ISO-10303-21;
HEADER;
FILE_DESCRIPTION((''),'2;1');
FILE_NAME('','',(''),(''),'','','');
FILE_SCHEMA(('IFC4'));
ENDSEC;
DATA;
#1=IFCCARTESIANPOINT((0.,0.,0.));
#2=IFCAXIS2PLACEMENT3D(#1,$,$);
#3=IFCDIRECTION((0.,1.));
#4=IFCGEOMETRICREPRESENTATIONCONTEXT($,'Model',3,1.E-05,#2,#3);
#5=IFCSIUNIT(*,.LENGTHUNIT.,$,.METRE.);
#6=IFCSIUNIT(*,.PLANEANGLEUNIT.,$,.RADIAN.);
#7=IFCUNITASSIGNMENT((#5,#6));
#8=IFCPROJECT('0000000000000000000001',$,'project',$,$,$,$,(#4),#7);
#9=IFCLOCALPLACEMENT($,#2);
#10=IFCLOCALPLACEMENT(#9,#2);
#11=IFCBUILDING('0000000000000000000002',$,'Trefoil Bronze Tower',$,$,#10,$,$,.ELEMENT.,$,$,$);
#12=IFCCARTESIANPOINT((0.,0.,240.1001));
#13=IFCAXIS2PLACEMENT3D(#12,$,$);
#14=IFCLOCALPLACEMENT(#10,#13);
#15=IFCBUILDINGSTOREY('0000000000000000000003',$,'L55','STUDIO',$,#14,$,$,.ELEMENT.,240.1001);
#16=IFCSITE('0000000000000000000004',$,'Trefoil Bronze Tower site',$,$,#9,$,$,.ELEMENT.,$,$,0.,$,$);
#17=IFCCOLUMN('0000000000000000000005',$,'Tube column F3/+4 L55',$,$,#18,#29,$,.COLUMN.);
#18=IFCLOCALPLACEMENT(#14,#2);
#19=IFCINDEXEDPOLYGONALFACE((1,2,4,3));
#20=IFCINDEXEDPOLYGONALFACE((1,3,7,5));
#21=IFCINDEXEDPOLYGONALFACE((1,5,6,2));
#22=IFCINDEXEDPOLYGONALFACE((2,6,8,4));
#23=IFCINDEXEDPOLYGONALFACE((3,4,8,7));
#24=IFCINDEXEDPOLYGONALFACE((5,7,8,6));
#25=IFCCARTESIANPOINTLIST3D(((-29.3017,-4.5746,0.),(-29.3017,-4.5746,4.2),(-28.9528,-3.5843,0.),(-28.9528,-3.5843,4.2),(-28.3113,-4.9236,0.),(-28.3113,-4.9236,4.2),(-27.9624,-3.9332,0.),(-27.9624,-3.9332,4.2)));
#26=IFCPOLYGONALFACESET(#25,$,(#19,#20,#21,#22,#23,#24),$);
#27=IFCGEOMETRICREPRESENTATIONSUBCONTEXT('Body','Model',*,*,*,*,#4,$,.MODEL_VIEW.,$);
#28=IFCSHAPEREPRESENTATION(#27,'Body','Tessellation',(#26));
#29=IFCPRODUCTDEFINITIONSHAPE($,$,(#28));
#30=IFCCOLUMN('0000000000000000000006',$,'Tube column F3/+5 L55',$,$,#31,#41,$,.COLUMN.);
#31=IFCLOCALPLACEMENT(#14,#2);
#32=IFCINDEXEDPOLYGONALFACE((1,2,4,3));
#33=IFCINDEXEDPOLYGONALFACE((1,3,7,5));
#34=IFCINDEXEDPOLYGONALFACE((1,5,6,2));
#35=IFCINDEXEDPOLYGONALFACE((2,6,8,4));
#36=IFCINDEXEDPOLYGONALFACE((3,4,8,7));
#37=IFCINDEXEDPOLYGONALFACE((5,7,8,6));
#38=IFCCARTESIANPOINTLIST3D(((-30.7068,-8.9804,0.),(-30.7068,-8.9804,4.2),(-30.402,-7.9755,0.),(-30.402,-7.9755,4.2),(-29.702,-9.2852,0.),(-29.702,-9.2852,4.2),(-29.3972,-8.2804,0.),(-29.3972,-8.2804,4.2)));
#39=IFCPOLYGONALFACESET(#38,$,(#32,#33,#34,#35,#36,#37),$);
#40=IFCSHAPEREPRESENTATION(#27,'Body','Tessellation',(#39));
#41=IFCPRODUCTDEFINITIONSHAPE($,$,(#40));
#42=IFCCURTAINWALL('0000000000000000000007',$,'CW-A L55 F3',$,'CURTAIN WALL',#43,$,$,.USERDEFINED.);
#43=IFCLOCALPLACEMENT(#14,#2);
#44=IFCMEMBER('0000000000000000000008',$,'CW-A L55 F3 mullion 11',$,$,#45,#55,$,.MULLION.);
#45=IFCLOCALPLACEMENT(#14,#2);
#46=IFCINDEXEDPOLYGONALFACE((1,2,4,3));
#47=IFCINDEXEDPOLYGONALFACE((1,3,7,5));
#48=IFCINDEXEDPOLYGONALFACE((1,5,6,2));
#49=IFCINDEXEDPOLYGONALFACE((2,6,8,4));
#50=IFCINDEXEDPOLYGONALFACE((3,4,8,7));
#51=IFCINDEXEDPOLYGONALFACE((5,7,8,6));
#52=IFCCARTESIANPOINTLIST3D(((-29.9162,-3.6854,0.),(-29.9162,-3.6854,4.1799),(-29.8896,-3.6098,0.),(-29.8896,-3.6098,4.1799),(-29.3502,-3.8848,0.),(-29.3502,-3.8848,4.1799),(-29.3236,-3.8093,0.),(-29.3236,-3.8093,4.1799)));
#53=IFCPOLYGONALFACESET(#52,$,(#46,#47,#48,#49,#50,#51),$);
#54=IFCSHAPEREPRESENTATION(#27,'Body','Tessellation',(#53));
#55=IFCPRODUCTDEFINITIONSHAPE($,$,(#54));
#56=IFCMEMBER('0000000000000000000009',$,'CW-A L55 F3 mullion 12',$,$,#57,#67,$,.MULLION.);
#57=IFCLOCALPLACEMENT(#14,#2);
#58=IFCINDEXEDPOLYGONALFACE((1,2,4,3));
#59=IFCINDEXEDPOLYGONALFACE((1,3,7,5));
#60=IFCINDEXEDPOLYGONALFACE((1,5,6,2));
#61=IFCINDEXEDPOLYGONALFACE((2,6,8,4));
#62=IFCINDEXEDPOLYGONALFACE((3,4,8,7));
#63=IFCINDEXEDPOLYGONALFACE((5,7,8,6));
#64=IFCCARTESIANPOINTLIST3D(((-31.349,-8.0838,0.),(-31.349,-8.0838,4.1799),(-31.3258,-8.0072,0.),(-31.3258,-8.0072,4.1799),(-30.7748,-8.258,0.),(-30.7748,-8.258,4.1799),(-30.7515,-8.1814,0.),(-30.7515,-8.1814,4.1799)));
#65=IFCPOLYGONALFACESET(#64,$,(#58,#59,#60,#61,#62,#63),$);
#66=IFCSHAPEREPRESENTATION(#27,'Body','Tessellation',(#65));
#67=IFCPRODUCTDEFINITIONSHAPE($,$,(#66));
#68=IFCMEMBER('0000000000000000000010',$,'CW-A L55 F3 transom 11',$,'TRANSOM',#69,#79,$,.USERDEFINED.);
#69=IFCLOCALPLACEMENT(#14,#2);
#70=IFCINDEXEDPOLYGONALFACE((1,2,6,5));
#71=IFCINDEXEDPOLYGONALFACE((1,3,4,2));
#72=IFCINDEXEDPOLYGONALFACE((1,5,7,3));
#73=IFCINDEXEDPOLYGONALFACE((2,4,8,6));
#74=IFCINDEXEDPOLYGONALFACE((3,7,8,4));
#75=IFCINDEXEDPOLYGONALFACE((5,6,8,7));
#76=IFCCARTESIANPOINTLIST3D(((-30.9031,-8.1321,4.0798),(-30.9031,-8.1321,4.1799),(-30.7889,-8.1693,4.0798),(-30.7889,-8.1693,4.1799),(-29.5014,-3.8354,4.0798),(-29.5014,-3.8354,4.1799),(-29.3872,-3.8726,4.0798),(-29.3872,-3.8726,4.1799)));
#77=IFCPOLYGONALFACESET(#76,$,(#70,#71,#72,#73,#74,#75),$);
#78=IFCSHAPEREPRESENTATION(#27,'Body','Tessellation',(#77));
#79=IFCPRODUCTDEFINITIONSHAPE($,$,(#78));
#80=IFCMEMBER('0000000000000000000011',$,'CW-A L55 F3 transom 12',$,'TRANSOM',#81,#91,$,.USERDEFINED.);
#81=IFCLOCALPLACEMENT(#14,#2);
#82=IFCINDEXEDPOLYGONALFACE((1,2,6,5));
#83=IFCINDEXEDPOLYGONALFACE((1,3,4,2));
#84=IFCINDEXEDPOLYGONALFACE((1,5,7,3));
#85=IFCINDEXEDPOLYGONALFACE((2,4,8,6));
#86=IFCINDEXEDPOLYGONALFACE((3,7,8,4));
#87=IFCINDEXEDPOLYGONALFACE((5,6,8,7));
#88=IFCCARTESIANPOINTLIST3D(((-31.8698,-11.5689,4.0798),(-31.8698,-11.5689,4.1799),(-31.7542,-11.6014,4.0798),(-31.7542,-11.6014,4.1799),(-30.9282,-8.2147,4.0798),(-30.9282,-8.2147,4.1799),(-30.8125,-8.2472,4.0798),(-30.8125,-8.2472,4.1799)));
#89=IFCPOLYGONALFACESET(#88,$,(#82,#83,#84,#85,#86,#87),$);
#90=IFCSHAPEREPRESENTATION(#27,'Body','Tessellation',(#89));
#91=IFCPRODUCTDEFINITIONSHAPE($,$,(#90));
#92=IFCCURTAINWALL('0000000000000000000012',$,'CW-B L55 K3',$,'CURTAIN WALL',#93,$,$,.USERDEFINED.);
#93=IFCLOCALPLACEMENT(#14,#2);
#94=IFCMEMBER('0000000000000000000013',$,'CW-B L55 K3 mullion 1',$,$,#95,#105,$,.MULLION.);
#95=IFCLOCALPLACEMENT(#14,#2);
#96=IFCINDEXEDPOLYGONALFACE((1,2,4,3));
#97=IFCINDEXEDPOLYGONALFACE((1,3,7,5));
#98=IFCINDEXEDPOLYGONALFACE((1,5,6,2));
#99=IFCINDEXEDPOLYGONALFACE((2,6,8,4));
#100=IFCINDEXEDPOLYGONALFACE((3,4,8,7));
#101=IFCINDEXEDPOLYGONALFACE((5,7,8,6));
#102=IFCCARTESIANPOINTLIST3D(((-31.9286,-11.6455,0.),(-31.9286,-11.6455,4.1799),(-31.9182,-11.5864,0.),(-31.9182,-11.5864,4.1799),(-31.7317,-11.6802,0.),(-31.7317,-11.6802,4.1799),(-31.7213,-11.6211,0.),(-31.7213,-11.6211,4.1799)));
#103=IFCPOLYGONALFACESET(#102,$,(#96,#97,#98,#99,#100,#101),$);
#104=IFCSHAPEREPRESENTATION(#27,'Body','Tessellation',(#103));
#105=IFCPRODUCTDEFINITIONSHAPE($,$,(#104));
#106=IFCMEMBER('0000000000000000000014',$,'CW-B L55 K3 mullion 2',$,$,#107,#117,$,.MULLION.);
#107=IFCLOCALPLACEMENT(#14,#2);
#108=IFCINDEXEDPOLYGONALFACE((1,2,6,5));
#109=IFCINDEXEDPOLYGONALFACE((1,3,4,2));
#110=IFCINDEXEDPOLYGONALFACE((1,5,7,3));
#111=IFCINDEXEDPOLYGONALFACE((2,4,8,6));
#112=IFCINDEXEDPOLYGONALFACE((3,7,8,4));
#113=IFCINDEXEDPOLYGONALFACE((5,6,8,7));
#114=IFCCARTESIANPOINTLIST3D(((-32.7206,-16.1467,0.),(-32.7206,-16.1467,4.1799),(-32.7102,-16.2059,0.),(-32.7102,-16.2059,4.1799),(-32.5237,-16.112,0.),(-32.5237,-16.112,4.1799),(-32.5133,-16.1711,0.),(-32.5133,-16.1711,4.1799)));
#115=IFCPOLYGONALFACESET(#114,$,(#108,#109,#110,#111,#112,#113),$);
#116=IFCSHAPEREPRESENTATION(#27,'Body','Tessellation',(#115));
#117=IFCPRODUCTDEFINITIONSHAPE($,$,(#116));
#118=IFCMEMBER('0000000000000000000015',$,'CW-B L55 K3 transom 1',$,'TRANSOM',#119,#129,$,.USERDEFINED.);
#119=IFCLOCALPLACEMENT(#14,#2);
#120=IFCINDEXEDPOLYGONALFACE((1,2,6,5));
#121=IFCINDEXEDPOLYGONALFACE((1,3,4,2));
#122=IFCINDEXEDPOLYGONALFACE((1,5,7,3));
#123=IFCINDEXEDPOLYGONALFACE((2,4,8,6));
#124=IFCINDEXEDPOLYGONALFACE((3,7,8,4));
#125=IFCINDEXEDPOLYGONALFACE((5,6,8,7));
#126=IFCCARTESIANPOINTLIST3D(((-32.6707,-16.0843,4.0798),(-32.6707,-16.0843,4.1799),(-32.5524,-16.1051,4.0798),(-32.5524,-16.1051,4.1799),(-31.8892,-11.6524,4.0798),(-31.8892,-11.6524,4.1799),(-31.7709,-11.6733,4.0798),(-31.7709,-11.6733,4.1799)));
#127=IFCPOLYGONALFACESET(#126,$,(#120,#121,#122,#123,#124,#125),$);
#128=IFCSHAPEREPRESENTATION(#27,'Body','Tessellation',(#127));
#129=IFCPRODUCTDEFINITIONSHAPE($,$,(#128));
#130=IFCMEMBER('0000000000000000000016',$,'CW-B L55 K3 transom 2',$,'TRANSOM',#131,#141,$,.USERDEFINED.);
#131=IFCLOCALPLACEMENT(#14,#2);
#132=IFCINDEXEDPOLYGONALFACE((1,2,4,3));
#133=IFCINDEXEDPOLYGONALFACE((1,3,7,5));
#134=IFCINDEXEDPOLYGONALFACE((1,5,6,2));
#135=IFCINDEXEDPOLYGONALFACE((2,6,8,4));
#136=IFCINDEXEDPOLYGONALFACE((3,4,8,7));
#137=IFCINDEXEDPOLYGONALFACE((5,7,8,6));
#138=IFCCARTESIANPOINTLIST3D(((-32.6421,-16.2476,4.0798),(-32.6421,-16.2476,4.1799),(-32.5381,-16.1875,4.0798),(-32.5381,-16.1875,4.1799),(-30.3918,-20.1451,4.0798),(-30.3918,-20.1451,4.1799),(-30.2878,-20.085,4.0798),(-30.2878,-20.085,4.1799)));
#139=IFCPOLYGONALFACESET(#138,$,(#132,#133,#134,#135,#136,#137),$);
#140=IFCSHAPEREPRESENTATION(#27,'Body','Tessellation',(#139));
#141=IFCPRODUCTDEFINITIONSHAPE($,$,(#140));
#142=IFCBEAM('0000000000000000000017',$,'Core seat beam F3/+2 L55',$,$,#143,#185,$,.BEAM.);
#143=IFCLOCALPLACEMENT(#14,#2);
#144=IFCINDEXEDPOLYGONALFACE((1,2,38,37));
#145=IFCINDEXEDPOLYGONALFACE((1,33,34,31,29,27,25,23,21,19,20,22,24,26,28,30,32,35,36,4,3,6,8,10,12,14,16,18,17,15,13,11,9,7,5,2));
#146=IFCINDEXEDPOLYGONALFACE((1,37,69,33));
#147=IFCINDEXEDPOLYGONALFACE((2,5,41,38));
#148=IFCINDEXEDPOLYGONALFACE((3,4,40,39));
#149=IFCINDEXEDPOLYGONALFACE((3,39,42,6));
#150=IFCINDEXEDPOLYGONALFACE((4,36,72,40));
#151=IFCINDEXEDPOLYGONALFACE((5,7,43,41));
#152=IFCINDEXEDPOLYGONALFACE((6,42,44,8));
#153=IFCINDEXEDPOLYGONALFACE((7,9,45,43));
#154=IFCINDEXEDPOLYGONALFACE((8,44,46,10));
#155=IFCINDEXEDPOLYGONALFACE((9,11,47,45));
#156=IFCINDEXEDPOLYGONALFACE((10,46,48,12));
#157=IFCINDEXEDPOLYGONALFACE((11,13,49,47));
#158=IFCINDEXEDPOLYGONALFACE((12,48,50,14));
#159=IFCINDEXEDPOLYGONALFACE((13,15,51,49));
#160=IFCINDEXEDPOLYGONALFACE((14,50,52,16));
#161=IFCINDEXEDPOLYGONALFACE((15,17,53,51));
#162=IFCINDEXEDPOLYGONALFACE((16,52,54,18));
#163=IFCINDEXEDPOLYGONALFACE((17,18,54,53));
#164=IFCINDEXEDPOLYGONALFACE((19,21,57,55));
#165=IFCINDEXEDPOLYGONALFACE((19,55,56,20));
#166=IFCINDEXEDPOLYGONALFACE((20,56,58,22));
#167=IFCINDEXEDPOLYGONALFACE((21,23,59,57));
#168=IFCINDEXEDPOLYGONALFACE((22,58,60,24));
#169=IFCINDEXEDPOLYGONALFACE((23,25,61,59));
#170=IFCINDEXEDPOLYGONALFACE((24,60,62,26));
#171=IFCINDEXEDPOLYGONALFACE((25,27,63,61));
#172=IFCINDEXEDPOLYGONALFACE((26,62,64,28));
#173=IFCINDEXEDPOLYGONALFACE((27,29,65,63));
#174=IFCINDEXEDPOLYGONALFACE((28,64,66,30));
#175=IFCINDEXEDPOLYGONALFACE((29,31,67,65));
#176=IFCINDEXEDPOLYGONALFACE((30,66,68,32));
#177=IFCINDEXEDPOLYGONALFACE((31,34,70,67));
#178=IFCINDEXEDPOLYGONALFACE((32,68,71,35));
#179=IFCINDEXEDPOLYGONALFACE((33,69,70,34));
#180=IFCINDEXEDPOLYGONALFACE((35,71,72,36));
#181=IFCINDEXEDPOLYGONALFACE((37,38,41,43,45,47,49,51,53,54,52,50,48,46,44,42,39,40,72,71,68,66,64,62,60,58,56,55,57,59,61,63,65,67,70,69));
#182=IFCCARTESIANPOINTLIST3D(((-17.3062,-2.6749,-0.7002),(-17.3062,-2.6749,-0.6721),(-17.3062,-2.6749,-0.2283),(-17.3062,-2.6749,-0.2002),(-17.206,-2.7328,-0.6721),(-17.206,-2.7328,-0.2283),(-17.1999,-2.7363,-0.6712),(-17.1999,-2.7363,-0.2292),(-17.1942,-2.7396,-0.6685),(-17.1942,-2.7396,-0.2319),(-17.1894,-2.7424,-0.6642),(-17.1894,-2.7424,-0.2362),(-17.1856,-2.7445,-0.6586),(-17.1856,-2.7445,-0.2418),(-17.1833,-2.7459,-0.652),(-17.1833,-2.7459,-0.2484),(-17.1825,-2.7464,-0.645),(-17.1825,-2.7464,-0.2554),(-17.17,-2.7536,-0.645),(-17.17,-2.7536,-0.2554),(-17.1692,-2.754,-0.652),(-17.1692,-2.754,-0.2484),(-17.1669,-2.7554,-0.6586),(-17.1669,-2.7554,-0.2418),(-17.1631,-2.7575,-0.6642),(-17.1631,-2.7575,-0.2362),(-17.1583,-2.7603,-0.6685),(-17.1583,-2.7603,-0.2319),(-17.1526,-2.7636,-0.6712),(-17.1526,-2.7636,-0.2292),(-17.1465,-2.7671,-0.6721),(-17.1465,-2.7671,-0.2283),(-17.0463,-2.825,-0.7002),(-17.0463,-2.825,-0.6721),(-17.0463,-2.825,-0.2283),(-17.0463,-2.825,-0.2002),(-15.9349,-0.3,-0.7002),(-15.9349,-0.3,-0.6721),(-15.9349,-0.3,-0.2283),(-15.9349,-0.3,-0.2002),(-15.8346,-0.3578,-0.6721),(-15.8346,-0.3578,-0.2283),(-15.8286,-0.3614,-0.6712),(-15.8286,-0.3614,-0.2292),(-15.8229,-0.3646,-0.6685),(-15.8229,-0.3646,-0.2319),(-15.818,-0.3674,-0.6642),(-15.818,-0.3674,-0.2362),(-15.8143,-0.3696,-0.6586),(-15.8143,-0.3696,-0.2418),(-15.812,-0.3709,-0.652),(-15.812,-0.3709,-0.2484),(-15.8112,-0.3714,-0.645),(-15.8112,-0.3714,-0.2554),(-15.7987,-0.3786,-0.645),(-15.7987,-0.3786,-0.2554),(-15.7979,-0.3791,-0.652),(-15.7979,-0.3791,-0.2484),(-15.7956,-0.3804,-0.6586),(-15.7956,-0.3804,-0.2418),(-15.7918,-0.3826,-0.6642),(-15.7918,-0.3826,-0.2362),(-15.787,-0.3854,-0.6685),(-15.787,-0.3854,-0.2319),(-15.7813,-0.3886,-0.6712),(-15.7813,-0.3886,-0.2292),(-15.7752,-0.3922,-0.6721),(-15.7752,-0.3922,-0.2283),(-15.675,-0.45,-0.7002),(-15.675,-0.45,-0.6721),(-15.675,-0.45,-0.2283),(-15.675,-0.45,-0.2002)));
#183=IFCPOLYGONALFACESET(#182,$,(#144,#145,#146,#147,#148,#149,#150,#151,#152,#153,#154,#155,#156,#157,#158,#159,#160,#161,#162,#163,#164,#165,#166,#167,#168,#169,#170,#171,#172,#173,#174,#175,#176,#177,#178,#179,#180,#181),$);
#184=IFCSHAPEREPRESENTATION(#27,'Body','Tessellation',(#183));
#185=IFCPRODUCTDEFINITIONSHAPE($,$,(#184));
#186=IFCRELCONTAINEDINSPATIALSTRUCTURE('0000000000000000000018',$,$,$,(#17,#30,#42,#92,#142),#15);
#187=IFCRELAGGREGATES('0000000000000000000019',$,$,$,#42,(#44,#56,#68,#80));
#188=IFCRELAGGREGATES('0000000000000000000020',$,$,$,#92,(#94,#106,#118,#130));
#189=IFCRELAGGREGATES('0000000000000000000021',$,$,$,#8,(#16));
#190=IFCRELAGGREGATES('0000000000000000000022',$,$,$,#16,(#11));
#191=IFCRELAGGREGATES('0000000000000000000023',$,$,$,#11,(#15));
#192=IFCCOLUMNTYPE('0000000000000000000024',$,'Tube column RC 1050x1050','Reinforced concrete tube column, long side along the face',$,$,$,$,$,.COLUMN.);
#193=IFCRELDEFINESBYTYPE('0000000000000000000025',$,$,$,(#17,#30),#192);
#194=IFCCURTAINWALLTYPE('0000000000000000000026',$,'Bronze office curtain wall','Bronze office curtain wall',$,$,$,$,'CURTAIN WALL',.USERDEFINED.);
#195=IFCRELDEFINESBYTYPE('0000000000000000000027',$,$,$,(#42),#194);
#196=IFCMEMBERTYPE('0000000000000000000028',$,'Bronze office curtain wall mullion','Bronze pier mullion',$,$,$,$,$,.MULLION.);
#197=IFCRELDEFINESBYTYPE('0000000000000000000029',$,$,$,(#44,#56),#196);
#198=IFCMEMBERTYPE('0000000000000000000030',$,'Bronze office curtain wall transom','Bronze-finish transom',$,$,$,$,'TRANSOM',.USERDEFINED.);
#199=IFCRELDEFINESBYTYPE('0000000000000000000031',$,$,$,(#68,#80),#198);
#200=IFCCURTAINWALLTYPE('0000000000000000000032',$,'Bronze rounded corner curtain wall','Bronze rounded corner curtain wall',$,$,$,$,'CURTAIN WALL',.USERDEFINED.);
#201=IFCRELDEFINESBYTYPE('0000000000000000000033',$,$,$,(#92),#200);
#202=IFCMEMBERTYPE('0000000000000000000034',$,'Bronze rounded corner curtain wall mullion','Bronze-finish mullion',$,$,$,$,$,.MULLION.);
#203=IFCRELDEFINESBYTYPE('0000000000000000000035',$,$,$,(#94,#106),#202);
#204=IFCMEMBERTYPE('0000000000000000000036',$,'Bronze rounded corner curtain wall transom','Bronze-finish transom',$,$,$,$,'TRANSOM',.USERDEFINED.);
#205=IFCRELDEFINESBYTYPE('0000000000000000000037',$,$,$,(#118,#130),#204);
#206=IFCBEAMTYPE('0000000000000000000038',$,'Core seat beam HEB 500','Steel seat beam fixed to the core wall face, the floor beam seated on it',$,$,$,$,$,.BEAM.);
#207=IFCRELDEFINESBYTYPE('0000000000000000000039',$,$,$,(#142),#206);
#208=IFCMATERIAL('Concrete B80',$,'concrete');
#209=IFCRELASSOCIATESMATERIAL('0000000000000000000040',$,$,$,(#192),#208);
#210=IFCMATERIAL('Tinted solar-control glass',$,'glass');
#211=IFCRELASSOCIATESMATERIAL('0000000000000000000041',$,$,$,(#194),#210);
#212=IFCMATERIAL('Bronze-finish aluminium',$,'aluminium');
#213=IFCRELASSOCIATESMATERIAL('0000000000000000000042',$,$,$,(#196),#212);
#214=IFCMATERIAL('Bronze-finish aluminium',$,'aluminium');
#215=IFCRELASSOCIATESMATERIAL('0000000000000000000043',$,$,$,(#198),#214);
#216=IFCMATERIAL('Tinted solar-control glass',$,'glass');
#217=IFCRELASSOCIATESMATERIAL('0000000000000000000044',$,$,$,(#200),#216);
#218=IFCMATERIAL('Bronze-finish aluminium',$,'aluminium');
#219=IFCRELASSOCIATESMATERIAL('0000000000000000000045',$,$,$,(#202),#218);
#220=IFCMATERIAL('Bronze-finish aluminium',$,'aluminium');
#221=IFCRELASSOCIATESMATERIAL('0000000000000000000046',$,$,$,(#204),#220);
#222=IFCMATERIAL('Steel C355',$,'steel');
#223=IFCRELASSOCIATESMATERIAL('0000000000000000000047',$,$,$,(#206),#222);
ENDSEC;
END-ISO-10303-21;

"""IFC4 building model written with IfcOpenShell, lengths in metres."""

from ifc_helpers import new_model, si_unit, direction, frame, origin, origin_2d, place, context, subcontext, project, spatial, rectangle, i_section, extrude, material, material_profile, profile_set, type_object, element, aggregate, save


model = new_model("IFC4")

# Units and contexts
model_context = context("Model", 3, precision=1e-05, world=origin(), true_north=direction((0.0, 1.0)))
body_context = subcontext(model_context, "Body", "Model", "MODEL_VIEW")
ifc_project = project(units=[si_unit("LENGTHUNIT", "METRE"), si_unit("PLANEANGLEUNIT", "RADIAN")], contexts=[model_context])

# Site, building, storey
site_placement = place(None, origin())
site = spatial("IfcSite", under=ifc_project, at=site_placement, Name="Trefoil Bronze Tower site", CompositionType="ELEMENT", RefElevation=0.0)
building_placement = place(site_placement, origin())
building = spatial("IfcBuilding", under=site, at=building_placement, Name="Trefoil Bronze Tower", CompositionType="ELEMENT")
storey_placement = place(building_placement, frame((0.0, 0.0, 240.1001)))
storey = spatial("IfcBuildingStorey", under=building, at=storey_placement, Name="L55", Description="STUDIO", CompositionType="ELEMENT", Elevation=240.1001)

# Columns
ifc_material_1 = material(Name="Concrete B80", Category="concrete")
ifc_material_profile_1 = material_profile(ifc_material_1, rectangle(XDim=1.05, YDim=1.05, at=origin_2d()), Name="RC 1050x1050")
ifc_profile_set_1 = profile_set([ifc_material_profile_1], Name="Concrete B80")
column_type = type_object("IfcColumnType", Name="Tube column RC 1050x1050", Description="Reinforced concrete tube column, long side along the face", PredefinedType="COLUMN", material=ifc_profile_set_1)
for number, where, z_axis, x_axis, name in (
    (1, (-28.6321, -4.2539, 0.0), (0.0, 0.0, 1.0), (-0.332282, -0.94318, 0.0), "Tube column F3/+4 L55"),
    (2, (-30.052, -8.6304, 0.0), (0.0, 0.0, 1.0), (-0.290278, -0.956942, 0.0), "Tube column F3/+5 L55"),
):
    element("IfcColumn", number, at=place(storey_placement, frame(where, z_axis=z_axis, x_axis=x_axis)), inside=storey, type_object=column_type, Name=name, PredefinedType="COLUMN", context=body_context, shape_type="SweptSolid", body=[
        extrude(rectangle(XDim=1.05, YDim=1.05, at=origin_2d()), origin(), (0.0, 0.0, 1.0), 4.2),
    ])

# Curtain walls, members
ifc_material_2 = material(Name="Tinted solar-control glass", Category="glass")
curtain_wall_type_1 = type_object("IfcCurtainWallType", Name="Bronze office curtain wall", Description="Bronze office curtain wall", ElementType="CURTAIN WALL", PredefinedType="USERDEFINED", material=ifc_material_2)
curtain_wall_1_placement = place(storey_placement, origin())
curtain_wall_1 = element("IfcCurtainWall", 3, at=curtain_wall_1_placement, inside=storey, type_object=curtain_wall_type_1, Name="CW-A L55 F3", ObjectType="CURTAIN WALL", PredefinedType="USERDEFINED")
ifc_material_3 = material(Name="Bronze-finish aluminium", Category="aluminium")
ifc_material_profile_2 = material_profile(ifc_material_3, rectangle(XDim=0.6001, YDim=0.0801, at=origin_2d()), Name="CW-A mullion")
ifc_profile_set_2 = profile_set([ifc_material_profile_2], Name="Bronze-finish aluminium")
member_type_1 = type_object("IfcMemberType", Name="Bronze office curtain wall mullion", Description="Bronze pier mullion", PredefinedType="MULLION", material=ifc_profile_set_2)
member_1_placement = place(storey_placement, frame((-29.6199, -3.7473, 0.0), z_axis=(0.0, 0.0, 1.0), x_axis=(0.94318, -0.332282, 0.0)))
member_1 = element("IfcMember", 4, at=member_1_placement, type_object=member_type_1, Name="CW-A L55 F3 mullion 11", PredefinedType="MULLION", context=body_context, shape_type="SweptSolid", body=[
    extrude(rectangle(XDim=0.6001, YDim=0.0801, at=origin_2d()), origin(), (0.0, 0.0, 1.0), 4.1799),
])
member_2_placement = place(storey_placement, frame((-31.0503, -8.1326, 0.0), z_axis=(0.0, 0.0, 1.0), x_axis=(0.956942, -0.290278, 0.0)))
member_2 = element("IfcMember", 5, at=member_2_placement, type_object=member_type_1, Name="CW-A L55 F3 mullion 12", PredefinedType="MULLION", context=body_context, shape_type="SweptSolid", body=[
    extrude(rectangle(XDim=0.6001, YDim=0.0801, at=origin_2d()), origin(), (0.0, 0.0, 1.0), 4.1799),
])
ifc_material_4 = material(Name="Bronze-finish aluminium", Category="aluminium")
ifc_material_profile_3 = material_profile(ifc_material_4, rectangle(XDim=0.1201, YDim=0.1001, at=origin_2d()), Name="CW-A transom")
ifc_profile_set_3 = profile_set([ifc_material_profile_3], Name="Bronze-finish aluminium")
member_type_2 = type_object("IfcMemberType", Name="Bronze office curtain wall transom", Description="Bronze-finish transom", ElementType="TRANSOM", PredefinedType="USERDEFINED", material=ifc_profile_set_3)
member_3_placement = place(storey_placement, frame((-29.4443, -3.854, 4.1299), z_axis=(-0.310128, -0.950695, 0.0), x_axis=(0.950695, -0.310128, 0.0)))
member_3 = element("IfcMember", 6, at=member_3_placement, type_object=member_type_2, Name="CW-A L55 F3 transom 11", ObjectType="TRANSOM", PredefinedType="USERDEFINED", context=body_context, shape_type="SweptSolid", body=[
    extrude(rectangle(XDim=0.1201, YDim=0.1001, at=origin_2d()), origin(), (0.0, 0.0, 1.0), 4.5195),
])
member_4_placement = place(storey_placement, frame((-30.8704, -8.231, 4.1299), z_axis=(-0.270285, -0.96278, 0.0), x_axis=(0.96278, -0.270285, 0.0)))
member_4 = element("IfcMember", 7, at=member_4_placement, type_object=member_type_2, Name="CW-A L55 F3 transom 12", ObjectType="TRANSOM", PredefinedType="USERDEFINED", context=body_context, shape_type="SweptSolid", body=[
    extrude(rectangle(XDim=0.1201, YDim=0.1001, at=origin_2d()), origin(), (0.0, 0.0, 1.0), 3.4839),
])
ifc_material_5 = material(Name="Tinted solar-control glass", Category="glass")
curtain_wall_type_2 = type_object("IfcCurtainWallType", Name="Bronze rounded corner curtain wall", Description="Bronze rounded corner curtain wall", ElementType="CURTAIN WALL", PredefinedType="USERDEFINED", material=ifc_material_5)
curtain_wall_2_placement = place(storey_placement, origin())
curtain_wall_2 = element("IfcCurtainWall", 8, at=curtain_wall_2_placement, inside=storey, type_object=curtain_wall_type_2, Name="CW-B L55 K3", ObjectType="CURTAIN WALL", PredefinedType="USERDEFINED")
ifc_material_6 = material(Name="Bronze-finish aluminium", Category="aluminium")
ifc_material_profile_4 = material_profile(ifc_material_6, rectangle(XDim=0.2, YDim=0.0601, at=origin_2d()), Name="CW-B mullion")
ifc_profile_set_4 = profile_set([ifc_material_profile_4], Name="Bronze-finish aluminium")
member_type_3 = type_object("IfcMemberType", Name="Bronze rounded corner curtain wall mullion", Description="Bronze-finish mullion", PredefinedType="MULLION", material=ifc_profile_set_4)
member_5_placement = place(storey_placement, frame((-31.825, -11.6333, 0.0), z_axis=(0.0, 0.0, 1.0), x_axis=(0.984808, -0.173648, 0.0)))
member_5 = element("IfcMember", 9, at=member_5_placement, type_object=member_type_3, Name="CW-B L55 K3 mullion 1", PredefinedType="MULLION", context=body_context, shape_type="SweptSolid", body=[
    extrude(rectangle(XDim=0.2, YDim=0.0601, at=origin_2d()), origin(), (0.0, 0.0, 1.0), 4.1799),
])
member_6_placement = place(storey_placement, frame((-32.6169, -16.1589, 0.0), z_axis=(0.0, 0.0, 1.0), x_axis=(0.984808, 0.173648, 0.0)))
member_6 = element("IfcMember", 10, at=member_6_placement, type_object=member_type_3, Name="CW-B L55 K3 mullion 2", PredefinedType="MULLION", context=body_context, shape_type="SweptSolid", body=[
    extrude(rectangle(XDim=0.2, YDim=0.0601, at=origin_2d()), origin(), (0.0, 0.0, 1.0), 4.1799),
])
ifc_material_7 = material(Name="Bronze-finish aluminium", Category="aluminium")
ifc_material_profile_5 = material_profile(ifc_material_7, rectangle(XDim=0.1201, YDim=0.1001, at=origin_2d()), Name="CW-B transom")
ifc_profile_set_5 = profile_set([ifc_material_profile_5], Name="Bronze-finish aluminium")
member_type_4 = type_object("IfcMemberType", Name="Bronze rounded corner curtain wall transom", Description="Bronze-finish transom", ElementType="TRANSOM", PredefinedType="USERDEFINED", material=ifc_profile_set_5)
member_7_placement = place(storey_placement, frame((-31.8301, -11.6628, 4.1299), z_axis=(-0.173655, -0.984806, 0.0), x_axis=(0.984806, -0.173655, 0.0)))
member_7 = element("IfcMember", 11, at=member_7_placement, type_object=member_type_4, Name="CW-B L55 K3 transom 1", ObjectType="TRANSOM", PredefinedType="USERDEFINED", context=body_context, shape_type="SweptSolid", body=[
    extrude(rectangle(XDim=0.1201, YDim=0.1001, at=origin_2d()), origin(), (0.0, 0.0, 1.0), 4.5002),
])
member_8_placement = place(storey_placement, frame((-32.5901, -16.2175, 4.1299), z_axis=(0.500007, -0.866021, 0.0), x_axis=(0.866021, 0.500007, 0.0)))
member_8 = element("IfcMember", 12, at=member_8_placement, type_object=member_type_4, Name="CW-B L55 K3 transom 2", ObjectType="TRANSOM", PredefinedType="USERDEFINED", context=body_context, shape_type="SweptSolid", body=[
    extrude(rectangle(XDim=0.1201, YDim=0.1001, at=origin_2d()), origin(), (0.0, 0.0, 1.0), 4.5005),
])

# Beam
ifc_material_8 = material(Name="Steel C355", Category="steel")
ifc_material_profile_6 = material_profile(ifc_material_8, i_section(OverallWidth=0.3, OverallDepth=0.5, WebThickness=0.0144, FlangeThickness=0.0281, FilletRadius=0.0271, at=origin_2d()), Name="HEB 500")
ifc_profile_set_6 = profile_set([ifc_material_profile_6], Name="Steel C355")
beam_type_1 = type_object("IfcBeamType", Name="Core seat beam HEB 500", Description="Steel seat beam fixed to the core wall face, the floor beam seated on it", PredefinedType="BEAM", material=ifc_profile_set_6)
beam_1_placement = place(storey_placement, frame((-15.8049, -0.375, -0.4502), z_axis=(-0.500036, -0.866005, 0.0), x_axis=(0.866005, -0.500036, 0.0)))
element("IfcBeam", 13, at=beam_1_placement, inside=storey, type_object=beam_type_1, Name="Core seat beam F3/+2 L55", PredefinedType="BEAM", context=body_context, shape_type="SweptSolid", body=[
    extrude(i_section(OverallWidth=0.3, OverallDepth=0.5, WebThickness=0.0144, FlangeThickness=0.0281, FilletRadius=0.0271, at=origin_2d()), origin(), (0.0, 0.0, 1.0), 2.7424),
])

aggregate(curtain_wall_1, [member_1, member_2, member_3, member_4])
aggregate(curtain_wall_2, [member_5, member_6, member_7, member_8])

save(model, "model.ifc")
